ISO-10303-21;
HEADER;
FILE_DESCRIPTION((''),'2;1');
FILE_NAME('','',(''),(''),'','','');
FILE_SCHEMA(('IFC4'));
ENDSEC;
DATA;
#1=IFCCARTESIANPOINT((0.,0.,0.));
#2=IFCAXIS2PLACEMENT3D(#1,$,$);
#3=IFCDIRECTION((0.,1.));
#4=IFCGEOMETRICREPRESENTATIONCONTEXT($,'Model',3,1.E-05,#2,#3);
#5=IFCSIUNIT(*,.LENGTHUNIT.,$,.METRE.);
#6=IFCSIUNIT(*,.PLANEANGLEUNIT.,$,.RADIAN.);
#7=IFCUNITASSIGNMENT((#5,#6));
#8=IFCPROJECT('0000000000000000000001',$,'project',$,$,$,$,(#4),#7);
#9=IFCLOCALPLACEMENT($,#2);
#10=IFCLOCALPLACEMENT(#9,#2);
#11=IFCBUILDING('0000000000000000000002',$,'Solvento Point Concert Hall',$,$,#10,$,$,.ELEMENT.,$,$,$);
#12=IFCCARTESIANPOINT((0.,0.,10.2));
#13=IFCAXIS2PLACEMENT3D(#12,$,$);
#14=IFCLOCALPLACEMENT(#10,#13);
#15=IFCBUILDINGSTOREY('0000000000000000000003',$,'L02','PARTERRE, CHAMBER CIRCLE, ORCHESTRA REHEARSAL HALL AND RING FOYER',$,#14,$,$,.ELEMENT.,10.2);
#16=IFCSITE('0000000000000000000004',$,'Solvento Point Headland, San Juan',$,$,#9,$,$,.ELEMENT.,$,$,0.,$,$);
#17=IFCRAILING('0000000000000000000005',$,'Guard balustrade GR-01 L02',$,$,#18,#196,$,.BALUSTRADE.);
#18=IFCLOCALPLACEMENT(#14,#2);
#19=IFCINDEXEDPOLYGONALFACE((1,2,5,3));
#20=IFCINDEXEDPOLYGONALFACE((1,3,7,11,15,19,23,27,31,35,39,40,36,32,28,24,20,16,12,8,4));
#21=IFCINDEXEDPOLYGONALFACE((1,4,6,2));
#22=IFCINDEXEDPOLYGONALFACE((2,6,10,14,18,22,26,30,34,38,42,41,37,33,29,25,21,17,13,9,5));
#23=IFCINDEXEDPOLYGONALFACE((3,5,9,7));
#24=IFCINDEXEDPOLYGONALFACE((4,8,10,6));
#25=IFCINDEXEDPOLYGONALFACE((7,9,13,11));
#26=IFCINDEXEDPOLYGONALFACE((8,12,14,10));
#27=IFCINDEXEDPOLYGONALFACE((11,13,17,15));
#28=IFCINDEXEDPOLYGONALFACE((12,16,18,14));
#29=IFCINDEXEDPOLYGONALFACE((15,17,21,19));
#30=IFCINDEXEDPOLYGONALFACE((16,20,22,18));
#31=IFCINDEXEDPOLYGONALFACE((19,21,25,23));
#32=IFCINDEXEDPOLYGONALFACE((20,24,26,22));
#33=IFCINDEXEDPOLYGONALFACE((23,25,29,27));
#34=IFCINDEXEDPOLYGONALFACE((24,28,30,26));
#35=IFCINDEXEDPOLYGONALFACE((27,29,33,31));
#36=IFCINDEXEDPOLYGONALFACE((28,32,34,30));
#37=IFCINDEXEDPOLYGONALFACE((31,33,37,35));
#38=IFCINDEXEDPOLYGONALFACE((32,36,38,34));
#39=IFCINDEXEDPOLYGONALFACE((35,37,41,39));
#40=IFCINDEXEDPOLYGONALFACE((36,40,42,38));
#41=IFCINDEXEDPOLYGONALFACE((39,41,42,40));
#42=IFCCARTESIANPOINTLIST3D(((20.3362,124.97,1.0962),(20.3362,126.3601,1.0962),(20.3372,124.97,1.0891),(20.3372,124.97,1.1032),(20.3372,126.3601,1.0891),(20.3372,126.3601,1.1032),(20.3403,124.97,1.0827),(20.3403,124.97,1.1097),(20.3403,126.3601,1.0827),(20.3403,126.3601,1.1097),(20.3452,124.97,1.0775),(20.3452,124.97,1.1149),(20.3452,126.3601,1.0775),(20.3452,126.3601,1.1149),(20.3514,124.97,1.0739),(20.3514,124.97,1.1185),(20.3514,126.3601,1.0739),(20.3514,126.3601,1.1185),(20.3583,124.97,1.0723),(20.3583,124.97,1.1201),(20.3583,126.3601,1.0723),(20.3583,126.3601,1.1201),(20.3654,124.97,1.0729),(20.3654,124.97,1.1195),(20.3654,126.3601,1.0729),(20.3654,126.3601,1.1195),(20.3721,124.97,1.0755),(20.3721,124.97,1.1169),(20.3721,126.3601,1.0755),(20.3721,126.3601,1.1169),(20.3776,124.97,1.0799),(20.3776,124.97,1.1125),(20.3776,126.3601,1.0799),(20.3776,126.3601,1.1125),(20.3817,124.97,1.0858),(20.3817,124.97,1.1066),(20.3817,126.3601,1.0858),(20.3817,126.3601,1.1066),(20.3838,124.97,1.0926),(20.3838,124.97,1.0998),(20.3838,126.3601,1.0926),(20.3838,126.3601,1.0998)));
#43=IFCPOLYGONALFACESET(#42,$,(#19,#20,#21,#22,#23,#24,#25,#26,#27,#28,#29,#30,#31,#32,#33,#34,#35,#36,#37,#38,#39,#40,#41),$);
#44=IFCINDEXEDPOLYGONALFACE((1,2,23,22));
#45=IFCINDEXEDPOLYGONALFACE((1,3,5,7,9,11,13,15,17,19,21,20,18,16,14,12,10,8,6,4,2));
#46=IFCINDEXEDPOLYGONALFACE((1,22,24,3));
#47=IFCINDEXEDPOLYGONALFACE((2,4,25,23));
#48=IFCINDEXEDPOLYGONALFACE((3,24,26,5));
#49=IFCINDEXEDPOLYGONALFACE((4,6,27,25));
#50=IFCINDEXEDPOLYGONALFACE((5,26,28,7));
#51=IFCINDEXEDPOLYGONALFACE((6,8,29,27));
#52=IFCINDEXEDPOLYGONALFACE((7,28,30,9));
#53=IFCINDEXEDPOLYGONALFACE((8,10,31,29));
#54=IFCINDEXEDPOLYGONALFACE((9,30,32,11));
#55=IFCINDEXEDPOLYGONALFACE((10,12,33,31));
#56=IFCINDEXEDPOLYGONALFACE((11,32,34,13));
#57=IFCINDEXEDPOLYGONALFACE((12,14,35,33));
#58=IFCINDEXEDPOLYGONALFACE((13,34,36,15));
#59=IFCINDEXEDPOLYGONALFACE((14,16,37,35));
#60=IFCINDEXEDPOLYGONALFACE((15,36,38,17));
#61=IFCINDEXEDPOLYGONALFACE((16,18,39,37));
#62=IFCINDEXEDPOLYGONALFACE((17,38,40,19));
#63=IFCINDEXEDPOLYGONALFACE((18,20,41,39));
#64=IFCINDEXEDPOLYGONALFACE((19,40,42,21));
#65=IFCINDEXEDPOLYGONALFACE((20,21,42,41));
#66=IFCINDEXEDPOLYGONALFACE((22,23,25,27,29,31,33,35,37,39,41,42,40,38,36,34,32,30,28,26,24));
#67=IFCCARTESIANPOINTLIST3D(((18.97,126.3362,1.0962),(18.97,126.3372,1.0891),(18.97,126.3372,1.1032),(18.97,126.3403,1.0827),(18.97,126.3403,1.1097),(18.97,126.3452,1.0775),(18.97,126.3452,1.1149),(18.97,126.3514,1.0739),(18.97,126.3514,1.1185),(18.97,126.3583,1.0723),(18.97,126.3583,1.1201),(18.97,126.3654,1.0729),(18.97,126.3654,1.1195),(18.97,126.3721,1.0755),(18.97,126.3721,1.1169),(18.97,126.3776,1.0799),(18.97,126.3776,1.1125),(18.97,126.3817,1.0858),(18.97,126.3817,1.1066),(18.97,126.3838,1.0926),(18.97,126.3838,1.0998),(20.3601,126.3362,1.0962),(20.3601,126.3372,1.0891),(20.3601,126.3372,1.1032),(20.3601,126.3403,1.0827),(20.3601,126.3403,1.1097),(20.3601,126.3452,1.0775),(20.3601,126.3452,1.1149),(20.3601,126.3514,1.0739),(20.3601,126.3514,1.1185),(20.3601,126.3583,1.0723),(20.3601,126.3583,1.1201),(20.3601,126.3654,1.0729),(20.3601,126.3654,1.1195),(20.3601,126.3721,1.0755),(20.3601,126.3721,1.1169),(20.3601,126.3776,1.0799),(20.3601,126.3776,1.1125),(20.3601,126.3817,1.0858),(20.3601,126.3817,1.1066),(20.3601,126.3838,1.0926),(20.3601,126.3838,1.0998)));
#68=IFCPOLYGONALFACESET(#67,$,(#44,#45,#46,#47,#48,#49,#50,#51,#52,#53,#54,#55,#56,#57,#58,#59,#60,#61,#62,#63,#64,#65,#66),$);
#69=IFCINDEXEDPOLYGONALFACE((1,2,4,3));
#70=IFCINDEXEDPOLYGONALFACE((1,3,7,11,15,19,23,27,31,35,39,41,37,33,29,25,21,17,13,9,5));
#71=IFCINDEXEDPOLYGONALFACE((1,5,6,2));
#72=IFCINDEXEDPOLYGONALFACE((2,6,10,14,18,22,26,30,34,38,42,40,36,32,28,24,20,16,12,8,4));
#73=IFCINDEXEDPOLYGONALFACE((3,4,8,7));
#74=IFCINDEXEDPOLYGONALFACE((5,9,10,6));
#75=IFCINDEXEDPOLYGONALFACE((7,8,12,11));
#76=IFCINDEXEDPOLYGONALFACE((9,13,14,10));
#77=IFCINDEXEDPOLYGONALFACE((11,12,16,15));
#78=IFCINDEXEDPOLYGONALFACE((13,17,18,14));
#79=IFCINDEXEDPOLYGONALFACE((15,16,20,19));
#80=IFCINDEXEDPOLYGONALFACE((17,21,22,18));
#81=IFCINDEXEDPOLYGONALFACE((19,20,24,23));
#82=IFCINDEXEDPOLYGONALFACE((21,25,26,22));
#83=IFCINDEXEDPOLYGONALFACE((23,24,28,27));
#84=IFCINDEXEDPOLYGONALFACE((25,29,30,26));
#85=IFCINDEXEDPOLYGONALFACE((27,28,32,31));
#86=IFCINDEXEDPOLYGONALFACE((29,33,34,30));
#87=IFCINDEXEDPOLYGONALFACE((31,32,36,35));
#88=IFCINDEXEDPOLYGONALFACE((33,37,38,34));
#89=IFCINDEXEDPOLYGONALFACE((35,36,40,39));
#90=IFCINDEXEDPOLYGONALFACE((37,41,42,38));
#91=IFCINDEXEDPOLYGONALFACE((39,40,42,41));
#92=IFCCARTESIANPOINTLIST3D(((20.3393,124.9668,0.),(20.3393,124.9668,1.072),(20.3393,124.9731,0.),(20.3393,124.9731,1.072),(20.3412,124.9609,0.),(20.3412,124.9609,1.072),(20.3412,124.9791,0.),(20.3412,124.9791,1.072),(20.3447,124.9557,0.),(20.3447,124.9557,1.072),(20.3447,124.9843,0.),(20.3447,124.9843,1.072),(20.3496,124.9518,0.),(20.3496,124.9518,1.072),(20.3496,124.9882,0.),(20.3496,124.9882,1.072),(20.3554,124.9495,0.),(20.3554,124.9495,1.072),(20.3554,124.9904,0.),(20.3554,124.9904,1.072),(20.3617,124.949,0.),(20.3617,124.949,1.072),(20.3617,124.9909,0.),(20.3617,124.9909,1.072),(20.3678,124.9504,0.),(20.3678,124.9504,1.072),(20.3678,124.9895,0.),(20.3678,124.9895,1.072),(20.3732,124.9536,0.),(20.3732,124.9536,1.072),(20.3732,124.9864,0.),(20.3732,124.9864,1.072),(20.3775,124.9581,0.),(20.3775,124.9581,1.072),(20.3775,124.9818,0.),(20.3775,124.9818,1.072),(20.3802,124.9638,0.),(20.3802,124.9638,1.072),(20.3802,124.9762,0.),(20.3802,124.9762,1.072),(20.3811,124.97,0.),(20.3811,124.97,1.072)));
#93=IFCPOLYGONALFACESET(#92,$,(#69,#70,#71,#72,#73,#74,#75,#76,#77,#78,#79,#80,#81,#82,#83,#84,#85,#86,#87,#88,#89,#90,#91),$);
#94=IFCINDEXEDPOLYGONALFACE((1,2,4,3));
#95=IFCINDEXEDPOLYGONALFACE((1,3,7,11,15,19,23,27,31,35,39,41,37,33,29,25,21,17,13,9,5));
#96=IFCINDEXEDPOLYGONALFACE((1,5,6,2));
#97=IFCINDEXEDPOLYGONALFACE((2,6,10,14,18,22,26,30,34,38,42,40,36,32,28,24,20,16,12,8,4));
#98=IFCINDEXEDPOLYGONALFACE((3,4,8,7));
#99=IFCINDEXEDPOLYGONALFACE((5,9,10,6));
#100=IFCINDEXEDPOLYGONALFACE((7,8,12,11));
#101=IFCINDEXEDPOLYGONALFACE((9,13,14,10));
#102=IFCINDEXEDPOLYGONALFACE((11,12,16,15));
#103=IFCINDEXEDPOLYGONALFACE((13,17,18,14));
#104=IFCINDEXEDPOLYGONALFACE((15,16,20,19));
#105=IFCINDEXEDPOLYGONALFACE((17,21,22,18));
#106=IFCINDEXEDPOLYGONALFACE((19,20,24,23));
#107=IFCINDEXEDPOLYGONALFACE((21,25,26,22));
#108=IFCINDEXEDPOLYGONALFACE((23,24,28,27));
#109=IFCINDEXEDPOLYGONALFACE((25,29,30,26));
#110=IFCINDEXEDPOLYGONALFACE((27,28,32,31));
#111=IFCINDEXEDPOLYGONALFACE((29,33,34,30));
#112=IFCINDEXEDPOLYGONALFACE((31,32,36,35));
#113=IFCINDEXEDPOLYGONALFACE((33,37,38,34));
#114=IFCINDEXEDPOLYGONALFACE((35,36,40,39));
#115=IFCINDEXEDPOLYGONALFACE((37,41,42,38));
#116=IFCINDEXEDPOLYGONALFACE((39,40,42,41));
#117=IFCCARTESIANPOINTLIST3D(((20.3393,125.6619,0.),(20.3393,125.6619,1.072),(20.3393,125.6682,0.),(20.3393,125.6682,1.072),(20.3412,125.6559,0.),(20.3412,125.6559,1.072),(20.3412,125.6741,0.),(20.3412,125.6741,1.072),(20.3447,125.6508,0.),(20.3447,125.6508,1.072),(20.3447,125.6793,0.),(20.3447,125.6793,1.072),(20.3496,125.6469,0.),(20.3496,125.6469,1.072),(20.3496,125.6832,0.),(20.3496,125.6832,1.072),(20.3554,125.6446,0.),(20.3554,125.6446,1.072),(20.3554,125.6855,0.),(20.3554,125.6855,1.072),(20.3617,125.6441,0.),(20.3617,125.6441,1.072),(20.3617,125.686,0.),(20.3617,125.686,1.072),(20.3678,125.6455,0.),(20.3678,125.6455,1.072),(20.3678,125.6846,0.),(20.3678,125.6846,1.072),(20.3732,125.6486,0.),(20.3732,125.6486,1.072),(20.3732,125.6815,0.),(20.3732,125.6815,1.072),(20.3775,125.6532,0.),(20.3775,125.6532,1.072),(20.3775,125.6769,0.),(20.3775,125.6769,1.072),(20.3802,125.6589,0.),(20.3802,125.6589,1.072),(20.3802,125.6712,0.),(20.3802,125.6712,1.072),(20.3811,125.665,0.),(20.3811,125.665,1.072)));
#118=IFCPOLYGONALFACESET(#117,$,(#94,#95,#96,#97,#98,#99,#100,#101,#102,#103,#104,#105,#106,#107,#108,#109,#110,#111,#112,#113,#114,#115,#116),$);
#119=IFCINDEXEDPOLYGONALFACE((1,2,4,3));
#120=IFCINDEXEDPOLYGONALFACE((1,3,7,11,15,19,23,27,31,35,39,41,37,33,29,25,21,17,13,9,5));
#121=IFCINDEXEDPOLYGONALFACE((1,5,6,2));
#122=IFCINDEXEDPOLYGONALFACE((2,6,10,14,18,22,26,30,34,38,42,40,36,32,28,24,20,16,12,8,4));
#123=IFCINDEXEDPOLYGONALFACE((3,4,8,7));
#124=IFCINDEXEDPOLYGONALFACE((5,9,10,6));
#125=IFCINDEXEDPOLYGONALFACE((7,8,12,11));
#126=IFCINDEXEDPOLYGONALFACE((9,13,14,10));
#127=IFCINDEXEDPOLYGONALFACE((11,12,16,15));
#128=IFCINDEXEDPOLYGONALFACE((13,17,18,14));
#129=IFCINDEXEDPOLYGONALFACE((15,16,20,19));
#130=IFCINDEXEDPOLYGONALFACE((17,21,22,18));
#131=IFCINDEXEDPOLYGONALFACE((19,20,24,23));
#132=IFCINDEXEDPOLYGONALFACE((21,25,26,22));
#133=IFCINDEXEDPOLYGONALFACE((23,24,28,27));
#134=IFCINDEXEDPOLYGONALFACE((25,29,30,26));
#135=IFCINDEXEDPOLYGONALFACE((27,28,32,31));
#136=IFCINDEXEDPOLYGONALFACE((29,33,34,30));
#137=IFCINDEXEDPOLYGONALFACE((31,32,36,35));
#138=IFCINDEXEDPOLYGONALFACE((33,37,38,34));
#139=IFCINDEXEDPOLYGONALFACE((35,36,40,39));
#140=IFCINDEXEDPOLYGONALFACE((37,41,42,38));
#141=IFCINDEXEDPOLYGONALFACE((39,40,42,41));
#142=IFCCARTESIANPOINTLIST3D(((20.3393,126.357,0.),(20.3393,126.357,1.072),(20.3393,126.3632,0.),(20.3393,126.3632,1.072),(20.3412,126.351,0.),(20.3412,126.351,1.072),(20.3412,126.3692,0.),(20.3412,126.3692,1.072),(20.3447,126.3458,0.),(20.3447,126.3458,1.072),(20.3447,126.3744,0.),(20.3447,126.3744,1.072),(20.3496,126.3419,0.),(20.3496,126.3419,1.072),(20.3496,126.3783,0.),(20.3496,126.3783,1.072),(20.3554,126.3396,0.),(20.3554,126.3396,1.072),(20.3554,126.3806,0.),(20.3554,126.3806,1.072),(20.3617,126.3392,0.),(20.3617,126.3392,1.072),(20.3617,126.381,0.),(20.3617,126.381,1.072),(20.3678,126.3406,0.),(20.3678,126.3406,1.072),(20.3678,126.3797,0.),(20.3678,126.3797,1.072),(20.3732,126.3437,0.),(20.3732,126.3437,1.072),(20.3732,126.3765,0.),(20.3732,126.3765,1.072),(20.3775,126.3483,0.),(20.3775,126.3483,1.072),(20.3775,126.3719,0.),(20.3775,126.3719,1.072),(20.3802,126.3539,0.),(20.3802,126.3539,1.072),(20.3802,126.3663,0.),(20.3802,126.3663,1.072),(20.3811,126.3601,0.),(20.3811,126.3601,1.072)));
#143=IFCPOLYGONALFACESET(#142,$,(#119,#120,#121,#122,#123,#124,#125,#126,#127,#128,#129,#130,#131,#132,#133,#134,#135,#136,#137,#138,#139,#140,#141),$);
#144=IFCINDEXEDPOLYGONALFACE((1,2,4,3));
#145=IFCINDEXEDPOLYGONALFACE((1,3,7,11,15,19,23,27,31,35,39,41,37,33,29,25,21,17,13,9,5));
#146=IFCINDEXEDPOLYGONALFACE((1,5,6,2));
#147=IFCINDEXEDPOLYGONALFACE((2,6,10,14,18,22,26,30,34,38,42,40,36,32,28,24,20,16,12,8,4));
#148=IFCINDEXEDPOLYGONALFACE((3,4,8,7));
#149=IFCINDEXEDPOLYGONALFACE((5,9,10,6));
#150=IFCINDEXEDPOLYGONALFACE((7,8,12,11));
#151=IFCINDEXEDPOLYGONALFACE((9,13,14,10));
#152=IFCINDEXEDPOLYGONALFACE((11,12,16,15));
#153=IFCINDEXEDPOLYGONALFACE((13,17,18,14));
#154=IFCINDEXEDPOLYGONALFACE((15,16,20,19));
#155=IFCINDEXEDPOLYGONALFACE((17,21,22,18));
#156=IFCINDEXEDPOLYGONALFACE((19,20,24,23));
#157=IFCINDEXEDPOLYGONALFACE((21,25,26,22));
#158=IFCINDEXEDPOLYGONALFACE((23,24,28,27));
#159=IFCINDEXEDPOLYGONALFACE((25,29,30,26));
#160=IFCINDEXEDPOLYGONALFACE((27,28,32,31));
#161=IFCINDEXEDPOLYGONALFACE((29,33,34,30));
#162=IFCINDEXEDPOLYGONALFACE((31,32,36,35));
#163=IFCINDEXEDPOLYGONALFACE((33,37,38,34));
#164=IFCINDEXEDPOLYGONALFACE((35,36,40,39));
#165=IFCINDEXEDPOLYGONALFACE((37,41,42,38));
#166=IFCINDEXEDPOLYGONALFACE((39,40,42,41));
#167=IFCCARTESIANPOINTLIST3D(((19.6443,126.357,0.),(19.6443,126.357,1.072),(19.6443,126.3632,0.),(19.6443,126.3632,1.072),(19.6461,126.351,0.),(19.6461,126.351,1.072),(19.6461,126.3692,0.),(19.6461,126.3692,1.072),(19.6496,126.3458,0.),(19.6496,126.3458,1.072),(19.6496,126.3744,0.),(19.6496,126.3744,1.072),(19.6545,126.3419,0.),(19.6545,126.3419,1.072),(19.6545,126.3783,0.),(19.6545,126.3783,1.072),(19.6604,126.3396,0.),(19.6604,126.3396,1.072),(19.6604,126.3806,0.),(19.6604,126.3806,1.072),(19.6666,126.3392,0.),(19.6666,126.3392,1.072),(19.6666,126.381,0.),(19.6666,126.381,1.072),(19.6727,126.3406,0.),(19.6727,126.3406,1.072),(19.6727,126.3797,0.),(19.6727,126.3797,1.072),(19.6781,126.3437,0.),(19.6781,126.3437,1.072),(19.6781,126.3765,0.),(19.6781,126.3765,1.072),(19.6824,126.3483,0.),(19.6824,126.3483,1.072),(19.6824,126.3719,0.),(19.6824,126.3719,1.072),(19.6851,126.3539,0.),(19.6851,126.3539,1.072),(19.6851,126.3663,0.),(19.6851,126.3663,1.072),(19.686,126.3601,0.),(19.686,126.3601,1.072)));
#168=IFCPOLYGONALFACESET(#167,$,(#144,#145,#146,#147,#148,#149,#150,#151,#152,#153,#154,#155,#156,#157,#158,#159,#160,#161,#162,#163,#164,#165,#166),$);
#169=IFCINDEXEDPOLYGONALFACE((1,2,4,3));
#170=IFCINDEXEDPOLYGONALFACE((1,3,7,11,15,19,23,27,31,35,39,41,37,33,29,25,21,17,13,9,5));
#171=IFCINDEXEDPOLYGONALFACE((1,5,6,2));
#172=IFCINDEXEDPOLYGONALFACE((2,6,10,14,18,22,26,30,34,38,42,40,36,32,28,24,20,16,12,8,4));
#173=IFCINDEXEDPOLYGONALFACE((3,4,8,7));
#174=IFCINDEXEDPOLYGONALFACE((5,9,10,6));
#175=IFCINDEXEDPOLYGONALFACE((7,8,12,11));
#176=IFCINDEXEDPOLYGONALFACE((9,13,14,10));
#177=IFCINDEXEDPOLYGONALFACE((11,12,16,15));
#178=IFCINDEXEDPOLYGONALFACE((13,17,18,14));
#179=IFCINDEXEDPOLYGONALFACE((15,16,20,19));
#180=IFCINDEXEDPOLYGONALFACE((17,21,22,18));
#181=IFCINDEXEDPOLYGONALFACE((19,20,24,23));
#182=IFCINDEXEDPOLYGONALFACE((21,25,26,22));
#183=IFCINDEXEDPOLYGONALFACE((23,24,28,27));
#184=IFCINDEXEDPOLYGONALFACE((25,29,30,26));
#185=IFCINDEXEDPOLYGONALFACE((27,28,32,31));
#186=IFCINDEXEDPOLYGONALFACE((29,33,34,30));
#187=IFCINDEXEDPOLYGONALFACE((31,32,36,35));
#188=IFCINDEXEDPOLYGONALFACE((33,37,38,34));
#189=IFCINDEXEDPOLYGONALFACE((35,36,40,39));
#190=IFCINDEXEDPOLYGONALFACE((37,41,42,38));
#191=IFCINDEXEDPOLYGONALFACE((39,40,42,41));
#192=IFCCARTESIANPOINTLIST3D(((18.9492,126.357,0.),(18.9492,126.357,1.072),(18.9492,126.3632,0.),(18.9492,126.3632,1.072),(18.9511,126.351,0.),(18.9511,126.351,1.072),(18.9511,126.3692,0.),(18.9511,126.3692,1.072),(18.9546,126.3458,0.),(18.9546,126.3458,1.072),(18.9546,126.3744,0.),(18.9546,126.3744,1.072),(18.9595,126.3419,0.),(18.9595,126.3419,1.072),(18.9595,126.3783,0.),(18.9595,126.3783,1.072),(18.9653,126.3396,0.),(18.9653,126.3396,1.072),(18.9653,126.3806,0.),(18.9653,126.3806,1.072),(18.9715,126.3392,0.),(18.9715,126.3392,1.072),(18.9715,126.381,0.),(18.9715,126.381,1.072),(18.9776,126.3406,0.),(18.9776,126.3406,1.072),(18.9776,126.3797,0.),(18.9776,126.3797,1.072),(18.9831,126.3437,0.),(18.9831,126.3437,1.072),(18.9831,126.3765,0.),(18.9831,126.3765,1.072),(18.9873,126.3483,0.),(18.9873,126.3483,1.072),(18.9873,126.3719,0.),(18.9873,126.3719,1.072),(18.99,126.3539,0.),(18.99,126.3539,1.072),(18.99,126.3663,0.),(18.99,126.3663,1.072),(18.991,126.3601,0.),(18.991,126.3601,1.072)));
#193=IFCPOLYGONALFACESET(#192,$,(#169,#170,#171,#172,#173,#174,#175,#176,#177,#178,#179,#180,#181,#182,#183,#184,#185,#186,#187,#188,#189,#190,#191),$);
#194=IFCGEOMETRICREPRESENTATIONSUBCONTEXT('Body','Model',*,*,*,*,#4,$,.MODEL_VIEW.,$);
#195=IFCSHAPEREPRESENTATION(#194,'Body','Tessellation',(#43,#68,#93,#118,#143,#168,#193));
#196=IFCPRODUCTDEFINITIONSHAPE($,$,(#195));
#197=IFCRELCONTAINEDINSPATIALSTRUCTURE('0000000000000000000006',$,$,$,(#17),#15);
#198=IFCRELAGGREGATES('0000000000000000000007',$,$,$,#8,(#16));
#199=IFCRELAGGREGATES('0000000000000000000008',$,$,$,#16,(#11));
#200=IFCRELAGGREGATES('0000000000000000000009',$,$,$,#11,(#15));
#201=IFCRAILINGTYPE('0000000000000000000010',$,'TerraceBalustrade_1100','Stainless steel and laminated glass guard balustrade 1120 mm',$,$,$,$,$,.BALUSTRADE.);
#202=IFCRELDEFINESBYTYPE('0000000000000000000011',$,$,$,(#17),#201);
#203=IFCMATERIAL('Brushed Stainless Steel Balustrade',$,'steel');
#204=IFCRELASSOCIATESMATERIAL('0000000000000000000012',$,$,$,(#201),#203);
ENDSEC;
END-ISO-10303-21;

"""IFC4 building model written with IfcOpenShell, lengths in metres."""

from ifc_helpers import new_model, si_unit, direction, frame, origin, origin_2d, place, context, subcontext, project, spatial, circle, extrude, material, type_object, element, save


model = new_model("IFC4")

# Units and contexts
model_context = context("Model", 3, precision=1e-05, world=origin(), true_north=direction((0.0, 1.0)))
body_context = subcontext(model_context, "Body", "Model", "MODEL_VIEW")
ifc_project = project(units=[si_unit("LENGTHUNIT", "METRE"), si_unit("PLANEANGLEUNIT", "RADIAN")], contexts=[model_context])

# Site, building, storey
site_placement = place(None, origin())
site = spatial("IfcSite", under=ifc_project, at=site_placement, Name="Solvento Point Headland, San Juan", CompositionType="ELEMENT", RefElevation=0.0)
building_placement = place(site_placement, origin())
building = spatial("IfcBuilding", under=site, at=building_placement, Name="Solvento Point Concert Hall", CompositionType="ELEMENT")
storey_placement = place(building_placement, frame((0.0, 0.0, 10.2)))
storey = spatial("IfcBuildingStorey", under=building, at=storey_placement, Name="L02", Description="PARTERRE, CHAMBER CIRCLE, ORCHESTRA REHEARSAL HALL AND RING FOYER", CompositionType="ELEMENT", Elevation=10.2)

# Railing
ifc_material_1 = material(Name="Brushed Stainless Steel Balustrade", Category="steel")
railing_type = type_object("IfcRailingType", Name="TerraceBalustrade_1100", Description="Stainless steel and laminated glass guard balustrade 1120 mm", PredefinedType="BALUSTRADE", material=ifc_material_1)
railing_1_placement = place(storey_placement, frame((20.3601, 124.97, 0.0)))
element("IfcRailing", 1, at=railing_1_placement, inside=storey, type_object=railing_type, Name="Guard balustrade GR-01 L02", PredefinedType="BALUSTRADE", context=body_context, shape_type="SweptSolid", body=[
    extrude(circle(Radius=0.0239, at=origin_2d()), frame((0.0, 0.0, 1.0962), z_axis=(0.0, 1.0, 0.0), x_axis=(-1.0, 0.0, 0.0)), (0.0, 0.0, 1.0), 1.3901),
    extrude(circle(Radius=0.0239, at=origin_2d()), frame((0.0, 1.3901, 1.0962), z_axis=(-1.0, 0.0, 0.0), x_axis=(0.0, -1.0, 0.0)), (0.0, 0.0, 1.0), 1.3901),
    extrude(circle(Radius=0.021, at=origin_2d()), origin(), (0.0, 0.0, 1.0), 1.072),
    extrude(circle(Radius=0.021, at=origin_2d()), frame((0.0, 0.6951, 0.0)), (0.0, 0.0, 1.0), 1.072),
    extrude(circle(Radius=0.021, at=origin_2d()), frame((0.0, 1.3901, 0.0)), (0.0, 0.0, 1.0), 1.072),
    extrude(circle(Radius=0.021, at=origin_2d()), frame((-0.6951, 1.3901, 0.0)), (0.0, 0.0, 1.0), 1.072),
    extrude(circle(Radius=0.021, at=origin_2d()), frame((-1.3901, 1.3901, 0.0)), (0.0, 0.0, 1.0), 1.072),
])

save(model, "model.ifc")
